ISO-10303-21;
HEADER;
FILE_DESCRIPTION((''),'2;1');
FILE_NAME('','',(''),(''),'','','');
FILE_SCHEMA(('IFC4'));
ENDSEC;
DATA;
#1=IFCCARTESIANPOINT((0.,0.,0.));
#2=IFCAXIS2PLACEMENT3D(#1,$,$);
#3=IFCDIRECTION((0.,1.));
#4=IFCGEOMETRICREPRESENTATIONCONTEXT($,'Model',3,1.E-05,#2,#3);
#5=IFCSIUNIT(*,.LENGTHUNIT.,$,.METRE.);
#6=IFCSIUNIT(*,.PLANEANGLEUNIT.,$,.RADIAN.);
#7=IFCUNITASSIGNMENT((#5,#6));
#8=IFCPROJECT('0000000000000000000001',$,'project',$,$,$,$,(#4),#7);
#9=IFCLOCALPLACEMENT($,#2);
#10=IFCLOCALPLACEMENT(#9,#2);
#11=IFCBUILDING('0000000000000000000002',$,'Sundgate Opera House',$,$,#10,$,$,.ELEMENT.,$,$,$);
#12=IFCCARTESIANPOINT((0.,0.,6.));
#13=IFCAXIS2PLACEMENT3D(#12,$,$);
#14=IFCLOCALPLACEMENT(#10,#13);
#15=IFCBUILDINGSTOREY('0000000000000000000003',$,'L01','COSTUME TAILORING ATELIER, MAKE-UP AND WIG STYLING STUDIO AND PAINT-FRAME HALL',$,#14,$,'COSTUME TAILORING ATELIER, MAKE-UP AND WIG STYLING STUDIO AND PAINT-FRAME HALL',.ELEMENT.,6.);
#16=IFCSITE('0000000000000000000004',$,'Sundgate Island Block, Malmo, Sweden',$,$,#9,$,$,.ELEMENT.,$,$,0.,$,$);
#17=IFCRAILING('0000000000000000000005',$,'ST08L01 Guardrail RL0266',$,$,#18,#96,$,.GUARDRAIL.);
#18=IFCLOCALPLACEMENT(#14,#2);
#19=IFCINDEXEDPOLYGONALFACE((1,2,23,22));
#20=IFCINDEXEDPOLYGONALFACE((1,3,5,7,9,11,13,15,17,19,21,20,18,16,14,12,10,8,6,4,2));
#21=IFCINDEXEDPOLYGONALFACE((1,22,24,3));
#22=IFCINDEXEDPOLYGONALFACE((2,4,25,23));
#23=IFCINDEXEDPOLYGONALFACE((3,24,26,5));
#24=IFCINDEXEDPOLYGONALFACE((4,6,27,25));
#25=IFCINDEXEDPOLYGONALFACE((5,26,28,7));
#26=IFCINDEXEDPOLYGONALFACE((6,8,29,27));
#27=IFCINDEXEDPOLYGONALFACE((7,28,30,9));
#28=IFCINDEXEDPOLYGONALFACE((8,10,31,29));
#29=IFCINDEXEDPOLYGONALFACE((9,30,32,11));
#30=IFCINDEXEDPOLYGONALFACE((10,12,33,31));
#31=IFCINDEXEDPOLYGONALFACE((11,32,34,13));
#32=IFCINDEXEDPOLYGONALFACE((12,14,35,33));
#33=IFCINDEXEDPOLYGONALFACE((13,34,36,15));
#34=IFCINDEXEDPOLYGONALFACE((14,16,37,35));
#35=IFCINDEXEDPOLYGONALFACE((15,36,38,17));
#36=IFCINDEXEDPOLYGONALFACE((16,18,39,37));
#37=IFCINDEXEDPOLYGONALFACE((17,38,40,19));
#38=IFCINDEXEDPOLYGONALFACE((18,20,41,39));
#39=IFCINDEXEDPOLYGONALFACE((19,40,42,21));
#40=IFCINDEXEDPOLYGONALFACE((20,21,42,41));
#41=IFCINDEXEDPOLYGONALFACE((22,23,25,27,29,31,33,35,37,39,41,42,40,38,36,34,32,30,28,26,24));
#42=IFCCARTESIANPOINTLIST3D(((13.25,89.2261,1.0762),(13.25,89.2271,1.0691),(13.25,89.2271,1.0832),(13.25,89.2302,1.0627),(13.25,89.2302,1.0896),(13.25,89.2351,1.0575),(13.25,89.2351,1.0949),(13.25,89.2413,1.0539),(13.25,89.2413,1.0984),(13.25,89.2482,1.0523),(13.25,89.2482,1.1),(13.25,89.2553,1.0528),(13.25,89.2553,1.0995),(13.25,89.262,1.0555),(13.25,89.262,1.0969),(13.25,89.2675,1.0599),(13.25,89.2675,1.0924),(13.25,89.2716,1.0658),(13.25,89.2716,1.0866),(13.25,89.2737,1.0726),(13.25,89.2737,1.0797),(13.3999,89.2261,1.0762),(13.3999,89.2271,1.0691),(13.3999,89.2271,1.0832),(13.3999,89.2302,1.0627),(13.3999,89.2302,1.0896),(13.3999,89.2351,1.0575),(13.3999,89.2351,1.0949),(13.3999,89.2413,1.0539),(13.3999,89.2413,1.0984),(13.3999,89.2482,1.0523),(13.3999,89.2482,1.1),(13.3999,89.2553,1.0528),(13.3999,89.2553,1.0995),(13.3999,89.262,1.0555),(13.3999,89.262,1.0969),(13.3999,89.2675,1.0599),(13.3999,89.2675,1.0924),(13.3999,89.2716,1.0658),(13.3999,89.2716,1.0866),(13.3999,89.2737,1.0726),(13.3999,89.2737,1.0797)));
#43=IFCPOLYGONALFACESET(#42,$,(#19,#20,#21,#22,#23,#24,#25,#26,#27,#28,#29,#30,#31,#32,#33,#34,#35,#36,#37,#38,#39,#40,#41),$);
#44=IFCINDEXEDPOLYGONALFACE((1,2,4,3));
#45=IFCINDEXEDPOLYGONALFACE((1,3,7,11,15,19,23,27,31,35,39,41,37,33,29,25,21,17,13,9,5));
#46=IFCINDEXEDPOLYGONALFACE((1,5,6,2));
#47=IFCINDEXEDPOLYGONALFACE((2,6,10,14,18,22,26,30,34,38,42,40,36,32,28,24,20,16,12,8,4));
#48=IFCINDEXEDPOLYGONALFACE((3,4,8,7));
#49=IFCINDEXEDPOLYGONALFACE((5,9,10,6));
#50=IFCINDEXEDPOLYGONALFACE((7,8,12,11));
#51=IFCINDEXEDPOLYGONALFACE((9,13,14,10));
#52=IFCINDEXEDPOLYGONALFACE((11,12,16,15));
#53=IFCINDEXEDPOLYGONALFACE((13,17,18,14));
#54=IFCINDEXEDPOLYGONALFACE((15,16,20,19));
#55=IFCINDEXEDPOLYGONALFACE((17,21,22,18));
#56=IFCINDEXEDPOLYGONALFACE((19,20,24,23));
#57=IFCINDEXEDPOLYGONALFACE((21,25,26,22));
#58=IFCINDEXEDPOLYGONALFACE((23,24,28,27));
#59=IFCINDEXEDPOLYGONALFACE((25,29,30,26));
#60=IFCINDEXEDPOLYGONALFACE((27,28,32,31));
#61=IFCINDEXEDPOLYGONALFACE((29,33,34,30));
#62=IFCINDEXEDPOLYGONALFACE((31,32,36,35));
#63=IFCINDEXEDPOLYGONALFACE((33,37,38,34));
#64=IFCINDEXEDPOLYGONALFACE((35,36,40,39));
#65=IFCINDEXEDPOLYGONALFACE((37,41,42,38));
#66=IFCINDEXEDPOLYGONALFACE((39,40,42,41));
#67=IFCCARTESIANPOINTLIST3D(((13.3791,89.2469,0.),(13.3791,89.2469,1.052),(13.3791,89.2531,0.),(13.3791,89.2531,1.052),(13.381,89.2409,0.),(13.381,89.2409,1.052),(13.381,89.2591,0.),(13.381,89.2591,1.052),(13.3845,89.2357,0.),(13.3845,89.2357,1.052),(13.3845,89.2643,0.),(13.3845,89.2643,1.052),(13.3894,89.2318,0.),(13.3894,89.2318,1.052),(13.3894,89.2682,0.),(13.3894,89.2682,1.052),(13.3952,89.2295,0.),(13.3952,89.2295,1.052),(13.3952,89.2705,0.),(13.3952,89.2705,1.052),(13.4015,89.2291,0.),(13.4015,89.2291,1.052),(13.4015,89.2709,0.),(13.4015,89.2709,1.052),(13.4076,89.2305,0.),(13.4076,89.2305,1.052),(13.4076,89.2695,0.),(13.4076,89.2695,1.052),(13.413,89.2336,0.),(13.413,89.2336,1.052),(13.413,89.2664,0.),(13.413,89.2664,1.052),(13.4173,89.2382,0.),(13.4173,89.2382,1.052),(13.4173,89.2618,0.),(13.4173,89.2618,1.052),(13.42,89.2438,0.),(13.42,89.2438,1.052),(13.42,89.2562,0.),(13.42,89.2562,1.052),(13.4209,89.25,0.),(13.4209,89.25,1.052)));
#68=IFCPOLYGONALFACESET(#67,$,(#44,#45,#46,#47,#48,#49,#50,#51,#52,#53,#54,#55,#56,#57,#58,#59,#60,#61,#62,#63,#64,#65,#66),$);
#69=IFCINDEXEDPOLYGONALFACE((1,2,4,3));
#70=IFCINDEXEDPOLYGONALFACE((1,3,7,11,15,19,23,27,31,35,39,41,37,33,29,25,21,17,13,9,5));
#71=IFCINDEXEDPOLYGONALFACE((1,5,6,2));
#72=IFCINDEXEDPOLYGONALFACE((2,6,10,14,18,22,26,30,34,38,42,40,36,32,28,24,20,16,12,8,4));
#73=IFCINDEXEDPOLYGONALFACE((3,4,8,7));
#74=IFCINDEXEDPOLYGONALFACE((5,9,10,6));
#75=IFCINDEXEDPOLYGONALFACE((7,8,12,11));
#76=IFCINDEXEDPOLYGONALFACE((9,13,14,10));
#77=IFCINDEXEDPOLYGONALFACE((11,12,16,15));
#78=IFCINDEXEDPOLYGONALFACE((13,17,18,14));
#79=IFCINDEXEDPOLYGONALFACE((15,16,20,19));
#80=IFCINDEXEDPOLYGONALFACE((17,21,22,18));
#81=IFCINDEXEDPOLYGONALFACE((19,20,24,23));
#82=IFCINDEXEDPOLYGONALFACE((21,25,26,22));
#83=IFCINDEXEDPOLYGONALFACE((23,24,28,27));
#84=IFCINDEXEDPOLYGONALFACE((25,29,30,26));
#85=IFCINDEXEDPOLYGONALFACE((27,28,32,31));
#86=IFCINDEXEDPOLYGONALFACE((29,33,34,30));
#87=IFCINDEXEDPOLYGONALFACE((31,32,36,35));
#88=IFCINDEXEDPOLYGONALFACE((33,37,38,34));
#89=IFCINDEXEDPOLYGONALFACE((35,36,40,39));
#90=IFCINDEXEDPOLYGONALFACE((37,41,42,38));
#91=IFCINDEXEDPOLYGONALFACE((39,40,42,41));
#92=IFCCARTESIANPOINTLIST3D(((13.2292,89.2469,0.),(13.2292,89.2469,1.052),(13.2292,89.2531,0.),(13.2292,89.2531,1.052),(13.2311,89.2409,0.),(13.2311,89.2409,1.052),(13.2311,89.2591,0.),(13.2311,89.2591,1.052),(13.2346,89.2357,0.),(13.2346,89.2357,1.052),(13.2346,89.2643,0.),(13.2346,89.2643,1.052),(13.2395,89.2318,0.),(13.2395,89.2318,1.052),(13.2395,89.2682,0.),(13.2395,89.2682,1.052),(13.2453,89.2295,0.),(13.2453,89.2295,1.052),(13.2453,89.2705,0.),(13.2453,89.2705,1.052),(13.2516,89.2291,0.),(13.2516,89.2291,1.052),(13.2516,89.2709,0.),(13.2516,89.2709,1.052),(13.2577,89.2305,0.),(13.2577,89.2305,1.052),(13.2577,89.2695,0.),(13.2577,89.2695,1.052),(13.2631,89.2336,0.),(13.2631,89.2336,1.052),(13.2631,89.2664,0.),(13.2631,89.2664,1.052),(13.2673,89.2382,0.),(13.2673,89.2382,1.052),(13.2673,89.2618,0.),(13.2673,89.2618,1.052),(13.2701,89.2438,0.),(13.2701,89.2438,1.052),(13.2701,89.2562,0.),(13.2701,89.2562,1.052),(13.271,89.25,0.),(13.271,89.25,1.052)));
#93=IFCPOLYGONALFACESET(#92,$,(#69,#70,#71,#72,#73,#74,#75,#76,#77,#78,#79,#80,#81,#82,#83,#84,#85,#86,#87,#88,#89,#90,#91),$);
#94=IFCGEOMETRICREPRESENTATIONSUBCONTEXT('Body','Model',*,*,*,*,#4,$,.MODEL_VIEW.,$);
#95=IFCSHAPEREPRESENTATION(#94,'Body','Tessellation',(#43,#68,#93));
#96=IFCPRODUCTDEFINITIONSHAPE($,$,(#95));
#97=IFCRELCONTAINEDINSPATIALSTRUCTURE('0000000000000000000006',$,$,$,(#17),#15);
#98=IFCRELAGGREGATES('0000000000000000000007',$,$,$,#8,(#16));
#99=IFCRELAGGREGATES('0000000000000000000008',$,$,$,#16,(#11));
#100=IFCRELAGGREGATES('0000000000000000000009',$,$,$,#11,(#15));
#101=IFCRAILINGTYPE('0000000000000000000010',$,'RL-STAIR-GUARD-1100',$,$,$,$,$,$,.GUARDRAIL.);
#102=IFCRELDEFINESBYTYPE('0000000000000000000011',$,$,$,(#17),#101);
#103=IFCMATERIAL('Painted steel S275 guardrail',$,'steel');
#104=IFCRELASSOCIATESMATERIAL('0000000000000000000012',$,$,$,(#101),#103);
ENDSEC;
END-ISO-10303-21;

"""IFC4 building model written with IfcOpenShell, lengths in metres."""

from ifc_helpers import new_model, si_unit, direction, frame, origin, origin_2d, place, context, subcontext, project, spatial, circle, extrude, material, type_object, element, save


model = new_model("IFC4")

# Units and contexts
model_context = context("Model", 3, precision=1e-05, world=origin(), true_north=direction((0.0, 1.0)))
body_context = subcontext(model_context, "Body", "Model", "MODEL_VIEW")
ifc_project = project(units=[si_unit("LENGTHUNIT", "METRE"), si_unit("PLANEANGLEUNIT", "RADIAN")], contexts=[model_context])

# Site, building, storey
site_placement = place(None, origin())
site = spatial("IfcSite", under=ifc_project, at=site_placement, Name="Sundgate Island Block, Malmo, Sweden", CompositionType="ELEMENT", RefElevation=0.0)
building_placement = place(site_placement, origin())
building = spatial("IfcBuilding", under=site, at=building_placement, Name="Sundgate Opera House", CompositionType="ELEMENT")
storey_placement = place(building_placement, frame((0.0, 0.0, 6.0)))
storey = spatial("IfcBuildingStorey", under=building, at=storey_placement, Name="L01", Description="COSTUME TAILORING ATELIER, MAKE-UP AND WIG STYLING STUDIO AND PAINT-FRAME HALL", LongName="COSTUME TAILORING ATELIER, MAKE-UP AND WIG STYLING STUDIO AND PAINT-FRAME HALL", CompositionType="ELEMENT", Elevation=6.0)

# Railing
ifc_material_1 = material(Name="Painted steel S275 guardrail", Category="steel")
railing_type_1 = type_object("IfcRailingType", Name="RL-STAIR-GUARD-1100", PredefinedType="GUARDRAIL", material=ifc_material_1)
railing_1_placement = place(storey_placement, frame((13.3999, 89.25, 0.0)))
element("IfcRailing", 1, at=railing_1_placement, inside=storey, type_object=railing_type_1, Name="ST08L01 Guardrail RL0266", PredefinedType="GUARDRAIL", context=body_context, shape_type="SweptSolid", body=[
    extrude(circle(Radius=0.0239, at=origin_2d()), frame((0.0, 0.0, 1.0762), z_axis=(-1.0, 0.0, 0.0), x_axis=(0.0, -1.0, 0.0)), (0.0, 0.0, 1.0), 0.1499),
    extrude(circle(Radius=0.021, at=origin_2d()), origin(), (0.0, 0.0, 1.0), 1.052),
    extrude(circle(Radius=0.021, at=origin_2d()), frame((-0.1499, 0.0, 0.0)), (0.0, 0.0, 1.0), 1.052),
])

save(model, "model.ifc")
